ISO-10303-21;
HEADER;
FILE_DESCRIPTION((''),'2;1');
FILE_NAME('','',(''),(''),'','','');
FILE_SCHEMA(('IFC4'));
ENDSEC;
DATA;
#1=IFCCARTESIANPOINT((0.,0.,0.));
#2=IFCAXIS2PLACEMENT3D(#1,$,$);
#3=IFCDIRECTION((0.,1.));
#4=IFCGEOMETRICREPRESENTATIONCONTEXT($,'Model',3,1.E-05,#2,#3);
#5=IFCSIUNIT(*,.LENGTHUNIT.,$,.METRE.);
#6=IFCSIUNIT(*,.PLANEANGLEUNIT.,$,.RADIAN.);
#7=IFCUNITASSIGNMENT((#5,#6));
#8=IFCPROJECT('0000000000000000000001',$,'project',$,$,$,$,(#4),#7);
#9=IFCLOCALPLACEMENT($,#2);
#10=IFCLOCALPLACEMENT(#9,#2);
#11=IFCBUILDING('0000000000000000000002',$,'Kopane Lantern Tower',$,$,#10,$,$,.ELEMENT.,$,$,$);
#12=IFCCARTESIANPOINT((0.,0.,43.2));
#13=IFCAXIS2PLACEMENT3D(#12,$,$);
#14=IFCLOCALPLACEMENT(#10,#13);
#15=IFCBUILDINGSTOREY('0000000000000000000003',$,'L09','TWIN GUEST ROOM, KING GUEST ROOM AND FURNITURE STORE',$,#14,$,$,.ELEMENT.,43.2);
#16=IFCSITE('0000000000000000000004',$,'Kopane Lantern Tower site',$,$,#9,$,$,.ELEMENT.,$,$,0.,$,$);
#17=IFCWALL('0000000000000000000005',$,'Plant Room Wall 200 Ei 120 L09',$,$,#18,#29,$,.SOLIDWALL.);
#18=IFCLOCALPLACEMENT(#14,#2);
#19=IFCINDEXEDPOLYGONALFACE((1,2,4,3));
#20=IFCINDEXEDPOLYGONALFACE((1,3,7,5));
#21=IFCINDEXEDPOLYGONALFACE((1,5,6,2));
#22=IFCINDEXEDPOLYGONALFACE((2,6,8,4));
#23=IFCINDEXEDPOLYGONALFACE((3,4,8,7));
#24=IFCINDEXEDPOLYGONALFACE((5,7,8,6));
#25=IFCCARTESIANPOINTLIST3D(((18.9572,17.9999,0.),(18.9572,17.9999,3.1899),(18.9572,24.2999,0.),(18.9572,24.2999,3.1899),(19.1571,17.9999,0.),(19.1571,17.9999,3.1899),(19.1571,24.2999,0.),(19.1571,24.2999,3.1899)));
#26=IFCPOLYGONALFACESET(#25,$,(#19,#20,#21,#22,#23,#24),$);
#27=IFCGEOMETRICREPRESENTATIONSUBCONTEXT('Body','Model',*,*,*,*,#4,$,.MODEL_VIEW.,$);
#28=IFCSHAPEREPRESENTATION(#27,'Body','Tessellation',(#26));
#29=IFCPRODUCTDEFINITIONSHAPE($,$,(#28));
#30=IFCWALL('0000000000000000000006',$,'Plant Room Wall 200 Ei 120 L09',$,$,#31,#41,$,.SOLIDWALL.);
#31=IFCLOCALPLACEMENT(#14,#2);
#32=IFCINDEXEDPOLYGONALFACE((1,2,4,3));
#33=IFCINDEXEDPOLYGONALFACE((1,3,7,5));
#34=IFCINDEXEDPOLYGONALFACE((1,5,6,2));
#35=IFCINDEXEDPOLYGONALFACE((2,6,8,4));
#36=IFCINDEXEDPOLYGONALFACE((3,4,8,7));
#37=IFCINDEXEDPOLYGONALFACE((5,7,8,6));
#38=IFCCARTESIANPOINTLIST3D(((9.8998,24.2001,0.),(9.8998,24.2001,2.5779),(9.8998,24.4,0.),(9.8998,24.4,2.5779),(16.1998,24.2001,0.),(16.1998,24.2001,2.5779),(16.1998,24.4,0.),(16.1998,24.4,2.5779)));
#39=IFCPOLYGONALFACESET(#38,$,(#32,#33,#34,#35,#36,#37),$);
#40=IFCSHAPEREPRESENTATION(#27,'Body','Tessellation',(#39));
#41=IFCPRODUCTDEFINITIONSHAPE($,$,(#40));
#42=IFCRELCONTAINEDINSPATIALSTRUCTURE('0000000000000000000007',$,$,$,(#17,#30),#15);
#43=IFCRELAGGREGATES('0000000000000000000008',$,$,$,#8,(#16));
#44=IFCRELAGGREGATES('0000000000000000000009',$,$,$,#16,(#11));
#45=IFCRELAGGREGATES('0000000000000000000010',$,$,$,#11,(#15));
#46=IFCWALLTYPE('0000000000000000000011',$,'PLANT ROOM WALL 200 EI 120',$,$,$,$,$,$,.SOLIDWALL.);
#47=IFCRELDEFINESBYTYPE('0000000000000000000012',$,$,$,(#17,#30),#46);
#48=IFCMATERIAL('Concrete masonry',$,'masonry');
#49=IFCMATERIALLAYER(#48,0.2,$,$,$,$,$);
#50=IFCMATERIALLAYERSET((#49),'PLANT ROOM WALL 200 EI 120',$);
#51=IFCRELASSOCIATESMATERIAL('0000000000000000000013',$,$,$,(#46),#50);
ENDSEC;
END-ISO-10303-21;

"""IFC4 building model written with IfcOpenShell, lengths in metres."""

from ifc_helpers import new_model, si_unit, direction, frame, frame_2d, origin, place, context, subcontext, project, spatial, rectangle, extrude, material, layer, layer_set, type_object, element, save


model = new_model("IFC4")

# Units and contexts
model_context = context("Model", 3, precision=1e-05, world=origin(), true_north=direction((0.0, 1.0)))
body_context = subcontext(model_context, "Body", "Model", "MODEL_VIEW")
ifc_project = project(units=[si_unit("LENGTHUNIT", "METRE"), si_unit("PLANEANGLEUNIT", "RADIAN")], contexts=[model_context])

# Site, building, storey
site_placement = place(None, origin())
site = spatial("IfcSite", under=ifc_project, at=site_placement, Name="Kopane Lantern Tower site", CompositionType="ELEMENT", RefElevation=0.0)
building_placement = place(site_placement, origin())
building = spatial("IfcBuilding", under=site, at=building_placement, Name="Kopane Lantern Tower", CompositionType="ELEMENT")
storey_placement = place(building_placement, frame((0.0, 0.0, 43.2)))
storey = spatial("IfcBuildingStorey", under=building, at=storey_placement, Name="L09", Description="TWIN GUEST ROOM, KING GUEST ROOM AND FURNITURE STORE", CompositionType="ELEMENT", Elevation=43.2)

# Walls
ifc_material_1 = material(Name="Concrete masonry", Category="masonry")
ifc_layer_1 = layer(ifc_material_1, 0.2)
ifc_layer_set_1 = layer_set([ifc_layer_1], Name="PLANT ROOM WALL 200 EI 120")
wall_type_1 = type_object("IfcWallType", Name="PLANT ROOM WALL 200 EI 120", PredefinedType="SOLIDWALL", material=ifc_layer_set_1)
for number, where, z_axis, x_axis, name in (
    (1, (19.0571, 18.0, 0.0), (0.0, 0.0, 1.0), (0.0, 1.0, 0.0), "Plant Room Wall 200 Ei 120 L09"),
):
    element("IfcWall", number, at=place(storey_placement, frame(where, z_axis=z_axis, x_axis=x_axis)), inside=storey, type_object=wall_type_1, Name=name, PredefinedType="SOLIDWALL", context=body_context, shape_type="SweptSolid", body=[
        extrude(rectangle(XDim=6.3, YDim=0.2, at=frame_2d((3.1499, 0.0))), origin(), (0.0, 0.0, 1.0), 3.1899),
    ])
wall_1_placement = place(storey_placement, frame((9.8999, 24.3, 0.0), z_axis=(0.0, 0.0, 1.0), x_axis=(1.0, 0.0, 0.0)))
element("IfcWall", 2, at=wall_1_placement, inside=storey, type_object=wall_type_1, Name="Plant Room Wall 200 Ei 120 L09", PredefinedType="SOLIDWALL", context=body_context, shape_type="SweptSolid", body=[
    extrude(rectangle(XDim=6.3, YDim=0.2, at=frame_2d((3.1499, 0.0))), origin(), (0.0, 0.0, 1.0), 2.5779),
])

save(model, "model.ifc")
